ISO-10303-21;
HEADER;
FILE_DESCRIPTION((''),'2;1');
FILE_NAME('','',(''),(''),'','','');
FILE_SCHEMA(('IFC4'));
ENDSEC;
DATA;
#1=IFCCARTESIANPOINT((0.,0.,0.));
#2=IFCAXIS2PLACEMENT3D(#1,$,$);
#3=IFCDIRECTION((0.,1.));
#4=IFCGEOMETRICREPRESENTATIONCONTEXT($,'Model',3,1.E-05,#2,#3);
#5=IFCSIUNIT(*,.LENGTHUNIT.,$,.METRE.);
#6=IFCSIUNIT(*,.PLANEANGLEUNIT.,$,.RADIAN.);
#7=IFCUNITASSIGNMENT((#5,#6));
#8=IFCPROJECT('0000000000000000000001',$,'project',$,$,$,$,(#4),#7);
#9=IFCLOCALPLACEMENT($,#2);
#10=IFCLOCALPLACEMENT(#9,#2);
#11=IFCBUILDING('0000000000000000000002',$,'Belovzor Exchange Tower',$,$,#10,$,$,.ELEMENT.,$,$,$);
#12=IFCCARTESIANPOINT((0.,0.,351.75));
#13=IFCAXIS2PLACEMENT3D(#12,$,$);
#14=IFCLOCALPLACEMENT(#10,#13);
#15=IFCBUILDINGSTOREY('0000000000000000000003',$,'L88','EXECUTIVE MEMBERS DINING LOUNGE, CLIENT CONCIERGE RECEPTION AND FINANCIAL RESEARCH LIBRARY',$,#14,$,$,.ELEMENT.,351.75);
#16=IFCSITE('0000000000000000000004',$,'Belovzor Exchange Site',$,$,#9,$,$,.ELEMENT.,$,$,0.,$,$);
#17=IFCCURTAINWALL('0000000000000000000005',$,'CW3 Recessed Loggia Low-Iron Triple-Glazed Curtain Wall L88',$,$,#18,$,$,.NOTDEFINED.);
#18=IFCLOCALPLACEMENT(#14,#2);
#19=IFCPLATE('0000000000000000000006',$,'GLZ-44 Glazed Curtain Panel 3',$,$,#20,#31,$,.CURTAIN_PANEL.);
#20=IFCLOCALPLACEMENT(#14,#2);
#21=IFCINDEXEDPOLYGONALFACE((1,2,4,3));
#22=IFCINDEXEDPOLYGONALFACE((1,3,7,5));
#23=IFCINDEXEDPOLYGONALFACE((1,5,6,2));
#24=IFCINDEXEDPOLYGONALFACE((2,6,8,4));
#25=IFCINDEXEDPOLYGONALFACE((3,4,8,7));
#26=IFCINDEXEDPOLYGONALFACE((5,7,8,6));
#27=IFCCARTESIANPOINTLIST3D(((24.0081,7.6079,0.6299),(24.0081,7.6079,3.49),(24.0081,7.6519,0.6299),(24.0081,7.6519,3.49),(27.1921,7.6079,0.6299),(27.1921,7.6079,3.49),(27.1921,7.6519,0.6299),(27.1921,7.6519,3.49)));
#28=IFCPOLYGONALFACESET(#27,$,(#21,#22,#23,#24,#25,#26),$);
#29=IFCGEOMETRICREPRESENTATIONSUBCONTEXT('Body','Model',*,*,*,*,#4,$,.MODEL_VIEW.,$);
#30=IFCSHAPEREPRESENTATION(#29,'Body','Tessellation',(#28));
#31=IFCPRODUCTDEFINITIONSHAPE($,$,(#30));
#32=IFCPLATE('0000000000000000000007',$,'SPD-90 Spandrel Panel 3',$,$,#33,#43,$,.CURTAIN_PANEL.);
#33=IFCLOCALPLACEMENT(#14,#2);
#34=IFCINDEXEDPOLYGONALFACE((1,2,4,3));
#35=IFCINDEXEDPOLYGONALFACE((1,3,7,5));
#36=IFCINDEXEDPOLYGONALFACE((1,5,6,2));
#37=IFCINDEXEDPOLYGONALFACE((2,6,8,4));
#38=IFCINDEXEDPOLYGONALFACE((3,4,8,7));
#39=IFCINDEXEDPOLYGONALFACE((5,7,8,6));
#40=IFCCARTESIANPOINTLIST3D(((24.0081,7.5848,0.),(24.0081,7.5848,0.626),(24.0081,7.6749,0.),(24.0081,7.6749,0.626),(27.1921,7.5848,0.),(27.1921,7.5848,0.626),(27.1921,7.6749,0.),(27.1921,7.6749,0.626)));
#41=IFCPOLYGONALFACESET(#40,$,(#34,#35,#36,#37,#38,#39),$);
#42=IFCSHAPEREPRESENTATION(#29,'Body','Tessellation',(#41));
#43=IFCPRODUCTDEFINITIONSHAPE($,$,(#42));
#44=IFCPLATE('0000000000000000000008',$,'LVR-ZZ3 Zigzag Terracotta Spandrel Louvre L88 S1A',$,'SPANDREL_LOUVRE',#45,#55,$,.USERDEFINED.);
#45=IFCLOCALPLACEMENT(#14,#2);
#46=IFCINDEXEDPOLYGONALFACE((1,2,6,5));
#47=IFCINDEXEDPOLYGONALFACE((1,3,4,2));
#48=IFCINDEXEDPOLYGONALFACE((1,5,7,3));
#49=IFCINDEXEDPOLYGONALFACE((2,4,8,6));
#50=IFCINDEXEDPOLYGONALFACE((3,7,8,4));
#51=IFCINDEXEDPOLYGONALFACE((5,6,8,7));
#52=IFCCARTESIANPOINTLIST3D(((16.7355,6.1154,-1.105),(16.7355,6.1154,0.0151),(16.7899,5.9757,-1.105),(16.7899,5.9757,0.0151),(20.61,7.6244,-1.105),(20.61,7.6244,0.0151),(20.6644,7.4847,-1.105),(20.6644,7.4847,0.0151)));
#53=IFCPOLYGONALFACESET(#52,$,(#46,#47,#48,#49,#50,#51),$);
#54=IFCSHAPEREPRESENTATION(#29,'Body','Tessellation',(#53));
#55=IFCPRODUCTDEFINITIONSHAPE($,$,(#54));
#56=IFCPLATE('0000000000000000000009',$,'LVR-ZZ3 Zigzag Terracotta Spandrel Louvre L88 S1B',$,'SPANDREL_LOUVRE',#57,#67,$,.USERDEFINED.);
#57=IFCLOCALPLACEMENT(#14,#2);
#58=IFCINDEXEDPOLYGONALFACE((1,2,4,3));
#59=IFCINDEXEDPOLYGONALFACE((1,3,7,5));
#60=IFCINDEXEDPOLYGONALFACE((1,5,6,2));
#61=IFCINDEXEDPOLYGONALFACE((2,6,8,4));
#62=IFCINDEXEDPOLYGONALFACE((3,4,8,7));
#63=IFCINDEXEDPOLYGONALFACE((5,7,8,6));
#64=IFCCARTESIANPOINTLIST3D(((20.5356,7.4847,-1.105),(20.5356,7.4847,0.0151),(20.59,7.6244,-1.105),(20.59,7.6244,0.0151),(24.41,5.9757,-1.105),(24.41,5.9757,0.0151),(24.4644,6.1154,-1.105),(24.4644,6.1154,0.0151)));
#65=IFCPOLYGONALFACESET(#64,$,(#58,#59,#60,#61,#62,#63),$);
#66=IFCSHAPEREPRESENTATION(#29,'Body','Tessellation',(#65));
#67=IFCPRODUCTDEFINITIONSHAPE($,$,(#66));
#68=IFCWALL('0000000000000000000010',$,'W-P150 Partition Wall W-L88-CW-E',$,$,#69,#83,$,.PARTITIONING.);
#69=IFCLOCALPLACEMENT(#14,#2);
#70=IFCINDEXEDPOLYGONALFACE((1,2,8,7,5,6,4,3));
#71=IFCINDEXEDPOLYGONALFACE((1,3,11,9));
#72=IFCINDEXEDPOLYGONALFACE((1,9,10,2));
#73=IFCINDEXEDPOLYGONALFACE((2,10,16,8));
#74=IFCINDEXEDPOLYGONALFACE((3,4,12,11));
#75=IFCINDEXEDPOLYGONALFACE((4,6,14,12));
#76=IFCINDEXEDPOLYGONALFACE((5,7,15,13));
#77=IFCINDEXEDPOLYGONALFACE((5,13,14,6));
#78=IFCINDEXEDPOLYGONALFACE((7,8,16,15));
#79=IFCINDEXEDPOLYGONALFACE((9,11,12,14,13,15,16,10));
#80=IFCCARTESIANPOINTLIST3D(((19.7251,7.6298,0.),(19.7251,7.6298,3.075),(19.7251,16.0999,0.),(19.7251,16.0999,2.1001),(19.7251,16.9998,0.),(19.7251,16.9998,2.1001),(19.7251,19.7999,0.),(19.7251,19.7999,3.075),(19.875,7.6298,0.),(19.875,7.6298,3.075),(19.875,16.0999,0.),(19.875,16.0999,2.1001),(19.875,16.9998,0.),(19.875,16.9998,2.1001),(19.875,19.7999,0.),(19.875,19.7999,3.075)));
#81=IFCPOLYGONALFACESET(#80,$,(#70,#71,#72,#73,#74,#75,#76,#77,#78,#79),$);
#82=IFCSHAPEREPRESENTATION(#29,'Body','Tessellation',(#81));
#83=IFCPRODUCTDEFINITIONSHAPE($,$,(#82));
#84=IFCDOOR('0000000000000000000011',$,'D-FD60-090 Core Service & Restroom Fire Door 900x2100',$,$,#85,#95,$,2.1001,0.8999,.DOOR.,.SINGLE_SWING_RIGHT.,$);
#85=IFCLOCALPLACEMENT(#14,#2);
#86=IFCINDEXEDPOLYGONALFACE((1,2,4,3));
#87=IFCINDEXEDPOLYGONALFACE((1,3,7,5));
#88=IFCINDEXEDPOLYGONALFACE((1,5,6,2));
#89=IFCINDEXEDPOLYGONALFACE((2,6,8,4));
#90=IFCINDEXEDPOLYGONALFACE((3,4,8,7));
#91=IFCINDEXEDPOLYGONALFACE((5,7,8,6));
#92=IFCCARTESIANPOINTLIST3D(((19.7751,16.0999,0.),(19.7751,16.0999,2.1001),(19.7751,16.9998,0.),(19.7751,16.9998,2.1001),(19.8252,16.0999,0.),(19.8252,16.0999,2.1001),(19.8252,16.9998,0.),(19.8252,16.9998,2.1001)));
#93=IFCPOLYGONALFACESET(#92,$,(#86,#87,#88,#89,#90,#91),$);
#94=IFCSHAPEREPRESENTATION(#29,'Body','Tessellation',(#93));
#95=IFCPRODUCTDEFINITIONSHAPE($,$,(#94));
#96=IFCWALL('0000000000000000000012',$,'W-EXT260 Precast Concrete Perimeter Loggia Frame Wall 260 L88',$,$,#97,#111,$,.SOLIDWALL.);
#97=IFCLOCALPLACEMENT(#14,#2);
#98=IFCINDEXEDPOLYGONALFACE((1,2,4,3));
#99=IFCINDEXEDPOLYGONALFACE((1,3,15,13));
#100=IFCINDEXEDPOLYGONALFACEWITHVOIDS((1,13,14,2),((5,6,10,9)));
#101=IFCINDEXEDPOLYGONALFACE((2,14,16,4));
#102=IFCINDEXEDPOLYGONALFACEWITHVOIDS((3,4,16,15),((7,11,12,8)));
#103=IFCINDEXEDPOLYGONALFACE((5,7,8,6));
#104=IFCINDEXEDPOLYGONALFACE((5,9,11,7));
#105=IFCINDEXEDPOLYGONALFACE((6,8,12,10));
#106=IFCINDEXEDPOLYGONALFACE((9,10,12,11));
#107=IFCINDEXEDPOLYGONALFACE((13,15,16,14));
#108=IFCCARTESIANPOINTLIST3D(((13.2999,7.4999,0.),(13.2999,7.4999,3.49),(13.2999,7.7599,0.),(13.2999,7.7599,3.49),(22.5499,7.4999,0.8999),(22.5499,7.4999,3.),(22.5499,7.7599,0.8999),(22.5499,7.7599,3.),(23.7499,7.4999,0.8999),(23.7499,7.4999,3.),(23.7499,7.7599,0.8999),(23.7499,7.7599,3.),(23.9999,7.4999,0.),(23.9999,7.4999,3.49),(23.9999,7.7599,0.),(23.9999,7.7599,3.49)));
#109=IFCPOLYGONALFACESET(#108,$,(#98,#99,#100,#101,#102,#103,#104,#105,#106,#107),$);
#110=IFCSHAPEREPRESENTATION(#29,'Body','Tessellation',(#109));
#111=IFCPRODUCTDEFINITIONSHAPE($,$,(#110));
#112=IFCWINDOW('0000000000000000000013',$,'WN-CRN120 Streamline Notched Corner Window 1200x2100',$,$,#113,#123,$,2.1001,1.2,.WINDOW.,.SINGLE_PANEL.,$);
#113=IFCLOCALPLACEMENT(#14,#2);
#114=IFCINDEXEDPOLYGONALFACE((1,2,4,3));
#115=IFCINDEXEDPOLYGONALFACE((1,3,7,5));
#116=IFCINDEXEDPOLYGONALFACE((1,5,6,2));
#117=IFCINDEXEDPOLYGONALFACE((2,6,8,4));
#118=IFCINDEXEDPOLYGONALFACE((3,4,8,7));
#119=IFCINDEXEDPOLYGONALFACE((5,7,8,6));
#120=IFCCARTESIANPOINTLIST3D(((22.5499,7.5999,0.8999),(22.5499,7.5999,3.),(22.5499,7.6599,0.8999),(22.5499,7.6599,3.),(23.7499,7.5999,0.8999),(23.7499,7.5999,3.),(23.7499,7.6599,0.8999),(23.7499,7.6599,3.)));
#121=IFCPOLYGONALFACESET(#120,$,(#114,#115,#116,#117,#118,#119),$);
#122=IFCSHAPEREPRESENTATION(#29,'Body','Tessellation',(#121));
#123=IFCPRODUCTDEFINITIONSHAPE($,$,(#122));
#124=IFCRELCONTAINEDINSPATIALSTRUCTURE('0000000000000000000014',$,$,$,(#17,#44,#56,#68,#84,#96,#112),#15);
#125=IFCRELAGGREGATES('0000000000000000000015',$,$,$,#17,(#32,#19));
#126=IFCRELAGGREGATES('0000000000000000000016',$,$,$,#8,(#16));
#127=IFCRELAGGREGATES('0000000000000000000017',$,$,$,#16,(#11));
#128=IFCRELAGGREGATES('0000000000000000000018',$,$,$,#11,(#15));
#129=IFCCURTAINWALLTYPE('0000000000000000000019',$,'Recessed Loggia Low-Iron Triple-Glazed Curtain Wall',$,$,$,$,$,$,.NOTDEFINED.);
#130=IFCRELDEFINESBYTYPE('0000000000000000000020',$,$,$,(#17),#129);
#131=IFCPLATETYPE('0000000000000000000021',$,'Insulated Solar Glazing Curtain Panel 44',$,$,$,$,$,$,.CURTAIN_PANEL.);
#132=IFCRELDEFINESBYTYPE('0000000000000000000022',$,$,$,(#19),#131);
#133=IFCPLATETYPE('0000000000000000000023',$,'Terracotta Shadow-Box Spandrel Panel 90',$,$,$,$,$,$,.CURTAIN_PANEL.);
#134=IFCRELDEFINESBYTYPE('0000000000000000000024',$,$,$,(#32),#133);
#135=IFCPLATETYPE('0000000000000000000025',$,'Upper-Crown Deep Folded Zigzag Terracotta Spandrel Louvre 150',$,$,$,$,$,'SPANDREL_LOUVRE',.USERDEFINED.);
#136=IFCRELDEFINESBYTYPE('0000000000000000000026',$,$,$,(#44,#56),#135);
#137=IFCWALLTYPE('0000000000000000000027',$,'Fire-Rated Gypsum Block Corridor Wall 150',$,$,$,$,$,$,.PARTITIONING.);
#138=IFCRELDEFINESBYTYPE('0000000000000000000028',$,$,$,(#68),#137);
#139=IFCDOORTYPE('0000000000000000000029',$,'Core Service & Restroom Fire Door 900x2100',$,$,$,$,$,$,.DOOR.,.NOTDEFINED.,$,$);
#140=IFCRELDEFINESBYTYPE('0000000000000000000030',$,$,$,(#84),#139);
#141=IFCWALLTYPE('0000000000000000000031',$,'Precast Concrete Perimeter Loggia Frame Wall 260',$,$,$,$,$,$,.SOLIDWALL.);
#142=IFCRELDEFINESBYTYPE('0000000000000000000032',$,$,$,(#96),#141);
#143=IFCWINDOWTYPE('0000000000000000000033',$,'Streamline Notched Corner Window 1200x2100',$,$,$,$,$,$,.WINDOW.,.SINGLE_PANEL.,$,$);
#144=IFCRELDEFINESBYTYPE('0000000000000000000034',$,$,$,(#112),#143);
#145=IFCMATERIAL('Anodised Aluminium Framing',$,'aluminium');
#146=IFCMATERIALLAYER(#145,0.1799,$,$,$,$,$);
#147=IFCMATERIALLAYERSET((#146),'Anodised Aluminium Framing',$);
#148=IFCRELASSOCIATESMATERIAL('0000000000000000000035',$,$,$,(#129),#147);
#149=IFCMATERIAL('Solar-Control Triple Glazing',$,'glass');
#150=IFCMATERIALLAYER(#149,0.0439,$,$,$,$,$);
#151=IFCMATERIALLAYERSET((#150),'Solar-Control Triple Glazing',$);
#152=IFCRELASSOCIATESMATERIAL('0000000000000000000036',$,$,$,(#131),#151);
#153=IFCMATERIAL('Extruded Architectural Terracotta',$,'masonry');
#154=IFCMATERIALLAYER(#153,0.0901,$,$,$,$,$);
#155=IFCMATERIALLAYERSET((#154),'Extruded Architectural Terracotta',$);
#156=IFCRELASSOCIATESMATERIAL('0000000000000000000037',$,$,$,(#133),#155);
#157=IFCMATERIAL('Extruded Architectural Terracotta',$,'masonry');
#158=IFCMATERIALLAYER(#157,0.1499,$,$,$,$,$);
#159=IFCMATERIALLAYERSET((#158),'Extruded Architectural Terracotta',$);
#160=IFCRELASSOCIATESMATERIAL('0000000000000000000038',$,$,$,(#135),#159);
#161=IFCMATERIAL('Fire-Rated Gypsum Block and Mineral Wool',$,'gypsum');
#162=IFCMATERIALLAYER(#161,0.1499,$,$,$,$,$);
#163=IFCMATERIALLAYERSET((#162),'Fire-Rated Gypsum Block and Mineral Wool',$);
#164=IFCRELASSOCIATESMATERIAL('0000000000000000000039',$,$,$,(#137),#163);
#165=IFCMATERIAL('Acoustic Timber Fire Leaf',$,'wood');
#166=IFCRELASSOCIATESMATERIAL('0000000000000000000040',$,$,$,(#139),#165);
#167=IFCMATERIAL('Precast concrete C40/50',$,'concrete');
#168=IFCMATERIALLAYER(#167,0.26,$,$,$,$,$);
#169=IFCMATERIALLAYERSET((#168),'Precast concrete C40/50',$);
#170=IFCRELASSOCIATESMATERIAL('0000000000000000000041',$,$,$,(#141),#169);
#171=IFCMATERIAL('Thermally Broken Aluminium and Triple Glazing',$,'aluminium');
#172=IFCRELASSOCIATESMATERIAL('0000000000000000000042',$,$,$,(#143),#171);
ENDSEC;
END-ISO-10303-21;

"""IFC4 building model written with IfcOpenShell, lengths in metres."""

from ifc_helpers import new_model, si_unit, direction, frame, frame_2d, origin, origin_2d, place, context, subcontext, project, spatial, rectangle, extrude, material, layer, layer_set, type_object, element, fill, aggregate, save


model = new_model("IFC4")

# Units and contexts
model_context = context("Model", 3, precision=1e-05, world=origin(), true_north=direction((0.0, 1.0)))
body_context = subcontext(model_context, "Body", "Model", "MODEL_VIEW")
ifc_project = project(units=[si_unit("LENGTHUNIT", "METRE"), si_unit("PLANEANGLEUNIT", "RADIAN")], contexts=[model_context])

# Site, building, storey
site_placement = place(None, origin())
site = spatial("IfcSite", under=ifc_project, at=site_placement, Name="Belovzor Exchange Site", CompositionType="ELEMENT", RefElevation=0.0)
building_placement = place(site_placement, origin())
building = spatial("IfcBuilding", under=site, at=building_placement, Name="Belovzor Exchange Tower", CompositionType="ELEMENT")
storey_placement = place(building_placement, frame((0.0, 0.0, 351.75)))
storey = spatial("IfcBuildingStorey", under=building, at=storey_placement, Name="L88", Description="EXECUTIVE MEMBERS DINING LOUNGE, CLIENT CONCIERGE RECEPTION AND FINANCIAL RESEARCH LIBRARY", CompositionType="ELEMENT", Elevation=351.75)

# Curtain wall
ifc_material_1 = material(Name="Anodised Aluminium Framing", Category="aluminium")
ifc_layer_1 = layer(ifc_material_1, 0.1799)
ifc_layer_set_1 = layer_set([ifc_layer_1], Name="Anodised Aluminium Framing")
curtain_wall_type = type_object("IfcCurtainWallType", Name="Recessed Loggia Low-Iron Triple-Glazed Curtain Wall", PredefinedType="NOTDEFINED", material=ifc_layer_set_1)
curtain_wall_placement = place(storey_placement, origin())
curtain_wall = element("IfcCurtainWall", 1, at=curtain_wall_placement, inside=storey, type_object=curtain_wall_type, Name="CW3 Recessed Loggia Low-Iron Triple-Glazed Curtain Wall L88", PredefinedType="NOTDEFINED")

# Plates
ifc_material_2 = material(Name="Solar-Control Triple Glazing", Category="glass")
ifc_layer_2 = layer(ifc_material_2, 0.0439)
ifc_layer_set_2 = layer_set([ifc_layer_2], Name="Solar-Control Triple Glazing")
plate_type_1 = type_object("IfcPlateType", Name="Insulated Solar Glazing Curtain Panel 44", PredefinedType="CURTAIN_PANEL", material=ifc_layer_set_2)
plate_1_placement = place(storey_placement, frame((25.6001, 7.6299, 0.6299), z_axis=(0.0, 0.0, 1.0), x_axis=(-1.0, 0.0, 0.0)))
plate_1 = element("IfcPlate", 2, at=plate_1_placement, type_object=plate_type_1, Name="GLZ-44 Glazed Curtain Panel 3", PredefinedType="CURTAIN_PANEL", context=body_context, shape_type="SweptSolid", body=[
    extrude(rectangle(XDim=3.1841, YDim=0.0439, at=origin_2d()), origin(), (0.0, 0.0, 1.0), 2.8601),
])
ifc_material_3 = material(Name="Extruded Architectural Terracotta", Category="masonry")
ifc_layer_3 = layer(ifc_material_3, 0.0901)
ifc_layer_set_3 = layer_set([ifc_layer_3], Name="Extruded Architectural Terracotta")
plate_type_2 = type_object("IfcPlateType", Name="Terracotta Shadow-Box Spandrel Panel 90", PredefinedType="CURTAIN_PANEL", material=ifc_layer_set_3)
plate_2_placement = place(storey_placement, frame((25.6001, 7.6299, 0.0), z_axis=(0.0, 0.0, 1.0), x_axis=(-1.0, 0.0, 0.0)))
plate_2 = element("IfcPlate", 3, at=plate_2_placement, type_object=plate_type_2, Name="SPD-90 Spandrel Panel 3", PredefinedType="CURTAIN_PANEL", context=body_context, shape_type="SweptSolid", body=[
    extrude(rectangle(XDim=3.1841, YDim=0.0901, at=origin_2d()), origin(), (0.0, 0.0, 1.0), 0.626),
])
aggregate(curtain_wall, [plate_2, plate_1])

# Plates
ifc_material_4 = material(Name="Extruded Architectural Terracotta", Category="masonry")
ifc_layer_4 = layer(ifc_material_4, 0.1499)
ifc_layer_set_4 = layer_set([ifc_layer_4], Name="Extruded Architectural Terracotta")
plate_type_3 = type_object("IfcPlateType", Name="Upper-Crown Deep Folded Zigzag Terracotta Spandrel Louvre 150", ElementType="SPANDREL_LOUVRE", PredefinedType="USERDEFINED", material=ifc_layer_set_4)
for number, where, z_axis, x_axis, name in (
    (4, (18.7, 6.8, -1.105), (0.0, 0.0, 1.0), (0.931818, 0.362926, 0.0), "LVR-ZZ3 Zigzag Terracotta Spandrel Louvre L88 S1A"),
    (5, (22.5, 6.8, -1.105), (0.0, 0.0, 1.0), (0.931818, -0.362926, 0.0), "LVR-ZZ3 Zigzag Terracotta Spandrel Louvre L88 S1B"),
):
    element("IfcPlate", number, at=place(storey_placement, frame(where, z_axis=z_axis, x_axis=x_axis)), inside=storey, type_object=plate_type_3, Name=name, ObjectType="SPANDREL_LOUVRE", PredefinedType="USERDEFINED", context=body_context, shape_type="SweptSolid", body=[
        extrude(rectangle(XDim=4.158, YDim=0.1499, at=origin_2d()), origin(), (0.0, 0.0, 1.0), 1.1201),
    ])

# Wall, opening, door
ifc_material_5 = material(Name="Fire-Rated Gypsum Block and Mineral Wool", Category="gypsum")
ifc_layer_5 = layer(ifc_material_5, 0.1499)
ifc_layer_set_5 = layer_set([ifc_layer_5], Name="Fire-Rated Gypsum Block and Mineral Wool")
wall_type_1 = type_object("IfcWallType", Name="Fire-Rated Gypsum Block Corridor Wall 150", PredefinedType="PARTITIONING", material=ifc_layer_set_5)
wall_1_placement = place(storey_placement, frame((19.8, 7.6299, 0.0), z_axis=(0.0, 0.0, 1.0), x_axis=(0.0, 1.0, 0.0)))
wall_1 = element("IfcWall", 6, at=wall_1_placement, inside=storey, type_object=wall_type_1, Name="W-P150 Partition Wall W-L88-CW-E", PredefinedType="PARTITIONING", context=body_context, shape_type="SweptSolid", body=[
    extrude(rectangle(XDim=12.1702, YDim=0.1499, at=frame_2d((6.085, 0.0))), origin(), (0.0, 0.0, 1.0), 3.075),
])
opening_1_placement = place(wall_1_placement, frame((8.47, 0.0, 0.0)))
opening_1 = element("IfcOpeningElement", 7, at=opening_1_placement, cuts=wall_1, PredefinedType="OPENING", context=body_context, shape_type="SweptSolid", body=[
    extrude(rectangle(XDim=0.8999, YDim=2.1001, at=frame_2d((0.45, 1.05))), frame((0.0, 0.085, 0.0), z_axis=(0.0, -1.0, 0.0), x_axis=(1.0, 0.0, 0.0)), (0.0, 0.0, 1.0), 0.1699),
])
ifc_material_6 = material(Name="Acoustic Timber Fire Leaf", Category="wood")
door_type = type_object("IfcDoorType", Name="Core Service & Restroom Fire Door 900x2100", OperationType="NOTDEFINED", PredefinedType="DOOR", material=ifc_material_6)
door_placement = place(opening_1_placement, origin())
door = element("IfcDoor", 8, at=door_placement, inside=storey, type_object=door_type, Name="D-FD60-090 Core Service & Restroom Fire Door 900x2100", OperationType="SINGLE_SWING_RIGHT", OverallHeight=2.1001, OverallWidth=0.8999, PredefinedType="DOOR", context=body_context, shape_type="SweptSolid", body=[
    extrude(rectangle(XDim=0.8999, YDim=2.1001, at=frame_2d((0.45, 1.05))), frame((0.0, 0.0249, 0.0), z_axis=(0.0, -1.0, 0.0), x_axis=(1.0, 0.0, 0.0)), (0.0, 0.0, 1.0), 0.05),
])
fill(opening_1, door)

# Wall, opening, window
ifc_material_7 = material(Name="Precast concrete C40/50", Category="concrete")
ifc_layer_6 = layer(ifc_material_7, 0.26)
ifc_layer_set_6 = layer_set([ifc_layer_6], Name="Precast concrete C40/50")
wall_type_2 = type_object("IfcWallType", Name="Precast Concrete Perimeter Loggia Frame Wall 260", PredefinedType="SOLIDWALL", material=ifc_layer_set_6)
wall_2_placement = place(storey_placement, frame((24.0, 7.6299, 0.0), z_axis=(0.0, 0.0, 1.0), x_axis=(-1.0, 0.0, 0.0)))
wall_2 = element("IfcWall", 9, at=wall_2_placement, inside=storey, type_object=wall_type_2, Name="W-EXT260 Precast Concrete Perimeter Loggia Frame Wall 260 L88", PredefinedType="SOLIDWALL", context=body_context, shape_type="SweptSolid", body=[
    extrude(rectangle(XDim=10.7, YDim=0.26, at=frame_2d((5.3501, 0.0))), origin(), (0.0, 0.0, 1.0), 3.49),
])
opening_2_placement = place(wall_2_placement, frame((0.25, 0.0, 0.8999)))
opening_2 = element("IfcOpeningElement", 10, at=opening_2_placement, cuts=wall_2, PredefinedType="OPENING", context=body_context, shape_type="SweptSolid", body=[
    extrude(rectangle(XDim=1.2, YDim=2.1001, at=frame_2d((0.6001, 1.05))), frame((0.0, 0.1399, 0.0), z_axis=(0.0, -1.0, 0.0), x_axis=(1.0, 0.0, 0.0)), (0.0, 0.0, 1.0), 0.28),
])
ifc_material_8 = material(Name="Thermally Broken Aluminium and Triple Glazing", Category="aluminium")
window_type = type_object("IfcWindowType", Name="Streamline Notched Corner Window 1200x2100", PartitioningType="SINGLE_PANEL", PredefinedType="WINDOW", material=ifc_material_8)
window_placement = place(opening_2_placement, origin())
window = element("IfcWindow", 11, at=window_placement, inside=storey, type_object=window_type, Name="WN-CRN120 Streamline Notched Corner Window 1200x2100", OverallHeight=2.1001, OverallWidth=1.2, PartitioningType="SINGLE_PANEL", PredefinedType="WINDOW", context=body_context, shape_type="SweptSolid", body=[
    extrude(rectangle(XDim=1.2, YDim=2.1001, at=frame_2d((0.6001, 1.05))), frame((0.0, 0.03, 0.0), z_axis=(0.0, -1.0, 0.0), x_axis=(1.0, 0.0, 0.0)), (0.0, 0.0, 1.0), 0.0601),
])
fill(opening_2, window)

save(model, "model.ifc")
